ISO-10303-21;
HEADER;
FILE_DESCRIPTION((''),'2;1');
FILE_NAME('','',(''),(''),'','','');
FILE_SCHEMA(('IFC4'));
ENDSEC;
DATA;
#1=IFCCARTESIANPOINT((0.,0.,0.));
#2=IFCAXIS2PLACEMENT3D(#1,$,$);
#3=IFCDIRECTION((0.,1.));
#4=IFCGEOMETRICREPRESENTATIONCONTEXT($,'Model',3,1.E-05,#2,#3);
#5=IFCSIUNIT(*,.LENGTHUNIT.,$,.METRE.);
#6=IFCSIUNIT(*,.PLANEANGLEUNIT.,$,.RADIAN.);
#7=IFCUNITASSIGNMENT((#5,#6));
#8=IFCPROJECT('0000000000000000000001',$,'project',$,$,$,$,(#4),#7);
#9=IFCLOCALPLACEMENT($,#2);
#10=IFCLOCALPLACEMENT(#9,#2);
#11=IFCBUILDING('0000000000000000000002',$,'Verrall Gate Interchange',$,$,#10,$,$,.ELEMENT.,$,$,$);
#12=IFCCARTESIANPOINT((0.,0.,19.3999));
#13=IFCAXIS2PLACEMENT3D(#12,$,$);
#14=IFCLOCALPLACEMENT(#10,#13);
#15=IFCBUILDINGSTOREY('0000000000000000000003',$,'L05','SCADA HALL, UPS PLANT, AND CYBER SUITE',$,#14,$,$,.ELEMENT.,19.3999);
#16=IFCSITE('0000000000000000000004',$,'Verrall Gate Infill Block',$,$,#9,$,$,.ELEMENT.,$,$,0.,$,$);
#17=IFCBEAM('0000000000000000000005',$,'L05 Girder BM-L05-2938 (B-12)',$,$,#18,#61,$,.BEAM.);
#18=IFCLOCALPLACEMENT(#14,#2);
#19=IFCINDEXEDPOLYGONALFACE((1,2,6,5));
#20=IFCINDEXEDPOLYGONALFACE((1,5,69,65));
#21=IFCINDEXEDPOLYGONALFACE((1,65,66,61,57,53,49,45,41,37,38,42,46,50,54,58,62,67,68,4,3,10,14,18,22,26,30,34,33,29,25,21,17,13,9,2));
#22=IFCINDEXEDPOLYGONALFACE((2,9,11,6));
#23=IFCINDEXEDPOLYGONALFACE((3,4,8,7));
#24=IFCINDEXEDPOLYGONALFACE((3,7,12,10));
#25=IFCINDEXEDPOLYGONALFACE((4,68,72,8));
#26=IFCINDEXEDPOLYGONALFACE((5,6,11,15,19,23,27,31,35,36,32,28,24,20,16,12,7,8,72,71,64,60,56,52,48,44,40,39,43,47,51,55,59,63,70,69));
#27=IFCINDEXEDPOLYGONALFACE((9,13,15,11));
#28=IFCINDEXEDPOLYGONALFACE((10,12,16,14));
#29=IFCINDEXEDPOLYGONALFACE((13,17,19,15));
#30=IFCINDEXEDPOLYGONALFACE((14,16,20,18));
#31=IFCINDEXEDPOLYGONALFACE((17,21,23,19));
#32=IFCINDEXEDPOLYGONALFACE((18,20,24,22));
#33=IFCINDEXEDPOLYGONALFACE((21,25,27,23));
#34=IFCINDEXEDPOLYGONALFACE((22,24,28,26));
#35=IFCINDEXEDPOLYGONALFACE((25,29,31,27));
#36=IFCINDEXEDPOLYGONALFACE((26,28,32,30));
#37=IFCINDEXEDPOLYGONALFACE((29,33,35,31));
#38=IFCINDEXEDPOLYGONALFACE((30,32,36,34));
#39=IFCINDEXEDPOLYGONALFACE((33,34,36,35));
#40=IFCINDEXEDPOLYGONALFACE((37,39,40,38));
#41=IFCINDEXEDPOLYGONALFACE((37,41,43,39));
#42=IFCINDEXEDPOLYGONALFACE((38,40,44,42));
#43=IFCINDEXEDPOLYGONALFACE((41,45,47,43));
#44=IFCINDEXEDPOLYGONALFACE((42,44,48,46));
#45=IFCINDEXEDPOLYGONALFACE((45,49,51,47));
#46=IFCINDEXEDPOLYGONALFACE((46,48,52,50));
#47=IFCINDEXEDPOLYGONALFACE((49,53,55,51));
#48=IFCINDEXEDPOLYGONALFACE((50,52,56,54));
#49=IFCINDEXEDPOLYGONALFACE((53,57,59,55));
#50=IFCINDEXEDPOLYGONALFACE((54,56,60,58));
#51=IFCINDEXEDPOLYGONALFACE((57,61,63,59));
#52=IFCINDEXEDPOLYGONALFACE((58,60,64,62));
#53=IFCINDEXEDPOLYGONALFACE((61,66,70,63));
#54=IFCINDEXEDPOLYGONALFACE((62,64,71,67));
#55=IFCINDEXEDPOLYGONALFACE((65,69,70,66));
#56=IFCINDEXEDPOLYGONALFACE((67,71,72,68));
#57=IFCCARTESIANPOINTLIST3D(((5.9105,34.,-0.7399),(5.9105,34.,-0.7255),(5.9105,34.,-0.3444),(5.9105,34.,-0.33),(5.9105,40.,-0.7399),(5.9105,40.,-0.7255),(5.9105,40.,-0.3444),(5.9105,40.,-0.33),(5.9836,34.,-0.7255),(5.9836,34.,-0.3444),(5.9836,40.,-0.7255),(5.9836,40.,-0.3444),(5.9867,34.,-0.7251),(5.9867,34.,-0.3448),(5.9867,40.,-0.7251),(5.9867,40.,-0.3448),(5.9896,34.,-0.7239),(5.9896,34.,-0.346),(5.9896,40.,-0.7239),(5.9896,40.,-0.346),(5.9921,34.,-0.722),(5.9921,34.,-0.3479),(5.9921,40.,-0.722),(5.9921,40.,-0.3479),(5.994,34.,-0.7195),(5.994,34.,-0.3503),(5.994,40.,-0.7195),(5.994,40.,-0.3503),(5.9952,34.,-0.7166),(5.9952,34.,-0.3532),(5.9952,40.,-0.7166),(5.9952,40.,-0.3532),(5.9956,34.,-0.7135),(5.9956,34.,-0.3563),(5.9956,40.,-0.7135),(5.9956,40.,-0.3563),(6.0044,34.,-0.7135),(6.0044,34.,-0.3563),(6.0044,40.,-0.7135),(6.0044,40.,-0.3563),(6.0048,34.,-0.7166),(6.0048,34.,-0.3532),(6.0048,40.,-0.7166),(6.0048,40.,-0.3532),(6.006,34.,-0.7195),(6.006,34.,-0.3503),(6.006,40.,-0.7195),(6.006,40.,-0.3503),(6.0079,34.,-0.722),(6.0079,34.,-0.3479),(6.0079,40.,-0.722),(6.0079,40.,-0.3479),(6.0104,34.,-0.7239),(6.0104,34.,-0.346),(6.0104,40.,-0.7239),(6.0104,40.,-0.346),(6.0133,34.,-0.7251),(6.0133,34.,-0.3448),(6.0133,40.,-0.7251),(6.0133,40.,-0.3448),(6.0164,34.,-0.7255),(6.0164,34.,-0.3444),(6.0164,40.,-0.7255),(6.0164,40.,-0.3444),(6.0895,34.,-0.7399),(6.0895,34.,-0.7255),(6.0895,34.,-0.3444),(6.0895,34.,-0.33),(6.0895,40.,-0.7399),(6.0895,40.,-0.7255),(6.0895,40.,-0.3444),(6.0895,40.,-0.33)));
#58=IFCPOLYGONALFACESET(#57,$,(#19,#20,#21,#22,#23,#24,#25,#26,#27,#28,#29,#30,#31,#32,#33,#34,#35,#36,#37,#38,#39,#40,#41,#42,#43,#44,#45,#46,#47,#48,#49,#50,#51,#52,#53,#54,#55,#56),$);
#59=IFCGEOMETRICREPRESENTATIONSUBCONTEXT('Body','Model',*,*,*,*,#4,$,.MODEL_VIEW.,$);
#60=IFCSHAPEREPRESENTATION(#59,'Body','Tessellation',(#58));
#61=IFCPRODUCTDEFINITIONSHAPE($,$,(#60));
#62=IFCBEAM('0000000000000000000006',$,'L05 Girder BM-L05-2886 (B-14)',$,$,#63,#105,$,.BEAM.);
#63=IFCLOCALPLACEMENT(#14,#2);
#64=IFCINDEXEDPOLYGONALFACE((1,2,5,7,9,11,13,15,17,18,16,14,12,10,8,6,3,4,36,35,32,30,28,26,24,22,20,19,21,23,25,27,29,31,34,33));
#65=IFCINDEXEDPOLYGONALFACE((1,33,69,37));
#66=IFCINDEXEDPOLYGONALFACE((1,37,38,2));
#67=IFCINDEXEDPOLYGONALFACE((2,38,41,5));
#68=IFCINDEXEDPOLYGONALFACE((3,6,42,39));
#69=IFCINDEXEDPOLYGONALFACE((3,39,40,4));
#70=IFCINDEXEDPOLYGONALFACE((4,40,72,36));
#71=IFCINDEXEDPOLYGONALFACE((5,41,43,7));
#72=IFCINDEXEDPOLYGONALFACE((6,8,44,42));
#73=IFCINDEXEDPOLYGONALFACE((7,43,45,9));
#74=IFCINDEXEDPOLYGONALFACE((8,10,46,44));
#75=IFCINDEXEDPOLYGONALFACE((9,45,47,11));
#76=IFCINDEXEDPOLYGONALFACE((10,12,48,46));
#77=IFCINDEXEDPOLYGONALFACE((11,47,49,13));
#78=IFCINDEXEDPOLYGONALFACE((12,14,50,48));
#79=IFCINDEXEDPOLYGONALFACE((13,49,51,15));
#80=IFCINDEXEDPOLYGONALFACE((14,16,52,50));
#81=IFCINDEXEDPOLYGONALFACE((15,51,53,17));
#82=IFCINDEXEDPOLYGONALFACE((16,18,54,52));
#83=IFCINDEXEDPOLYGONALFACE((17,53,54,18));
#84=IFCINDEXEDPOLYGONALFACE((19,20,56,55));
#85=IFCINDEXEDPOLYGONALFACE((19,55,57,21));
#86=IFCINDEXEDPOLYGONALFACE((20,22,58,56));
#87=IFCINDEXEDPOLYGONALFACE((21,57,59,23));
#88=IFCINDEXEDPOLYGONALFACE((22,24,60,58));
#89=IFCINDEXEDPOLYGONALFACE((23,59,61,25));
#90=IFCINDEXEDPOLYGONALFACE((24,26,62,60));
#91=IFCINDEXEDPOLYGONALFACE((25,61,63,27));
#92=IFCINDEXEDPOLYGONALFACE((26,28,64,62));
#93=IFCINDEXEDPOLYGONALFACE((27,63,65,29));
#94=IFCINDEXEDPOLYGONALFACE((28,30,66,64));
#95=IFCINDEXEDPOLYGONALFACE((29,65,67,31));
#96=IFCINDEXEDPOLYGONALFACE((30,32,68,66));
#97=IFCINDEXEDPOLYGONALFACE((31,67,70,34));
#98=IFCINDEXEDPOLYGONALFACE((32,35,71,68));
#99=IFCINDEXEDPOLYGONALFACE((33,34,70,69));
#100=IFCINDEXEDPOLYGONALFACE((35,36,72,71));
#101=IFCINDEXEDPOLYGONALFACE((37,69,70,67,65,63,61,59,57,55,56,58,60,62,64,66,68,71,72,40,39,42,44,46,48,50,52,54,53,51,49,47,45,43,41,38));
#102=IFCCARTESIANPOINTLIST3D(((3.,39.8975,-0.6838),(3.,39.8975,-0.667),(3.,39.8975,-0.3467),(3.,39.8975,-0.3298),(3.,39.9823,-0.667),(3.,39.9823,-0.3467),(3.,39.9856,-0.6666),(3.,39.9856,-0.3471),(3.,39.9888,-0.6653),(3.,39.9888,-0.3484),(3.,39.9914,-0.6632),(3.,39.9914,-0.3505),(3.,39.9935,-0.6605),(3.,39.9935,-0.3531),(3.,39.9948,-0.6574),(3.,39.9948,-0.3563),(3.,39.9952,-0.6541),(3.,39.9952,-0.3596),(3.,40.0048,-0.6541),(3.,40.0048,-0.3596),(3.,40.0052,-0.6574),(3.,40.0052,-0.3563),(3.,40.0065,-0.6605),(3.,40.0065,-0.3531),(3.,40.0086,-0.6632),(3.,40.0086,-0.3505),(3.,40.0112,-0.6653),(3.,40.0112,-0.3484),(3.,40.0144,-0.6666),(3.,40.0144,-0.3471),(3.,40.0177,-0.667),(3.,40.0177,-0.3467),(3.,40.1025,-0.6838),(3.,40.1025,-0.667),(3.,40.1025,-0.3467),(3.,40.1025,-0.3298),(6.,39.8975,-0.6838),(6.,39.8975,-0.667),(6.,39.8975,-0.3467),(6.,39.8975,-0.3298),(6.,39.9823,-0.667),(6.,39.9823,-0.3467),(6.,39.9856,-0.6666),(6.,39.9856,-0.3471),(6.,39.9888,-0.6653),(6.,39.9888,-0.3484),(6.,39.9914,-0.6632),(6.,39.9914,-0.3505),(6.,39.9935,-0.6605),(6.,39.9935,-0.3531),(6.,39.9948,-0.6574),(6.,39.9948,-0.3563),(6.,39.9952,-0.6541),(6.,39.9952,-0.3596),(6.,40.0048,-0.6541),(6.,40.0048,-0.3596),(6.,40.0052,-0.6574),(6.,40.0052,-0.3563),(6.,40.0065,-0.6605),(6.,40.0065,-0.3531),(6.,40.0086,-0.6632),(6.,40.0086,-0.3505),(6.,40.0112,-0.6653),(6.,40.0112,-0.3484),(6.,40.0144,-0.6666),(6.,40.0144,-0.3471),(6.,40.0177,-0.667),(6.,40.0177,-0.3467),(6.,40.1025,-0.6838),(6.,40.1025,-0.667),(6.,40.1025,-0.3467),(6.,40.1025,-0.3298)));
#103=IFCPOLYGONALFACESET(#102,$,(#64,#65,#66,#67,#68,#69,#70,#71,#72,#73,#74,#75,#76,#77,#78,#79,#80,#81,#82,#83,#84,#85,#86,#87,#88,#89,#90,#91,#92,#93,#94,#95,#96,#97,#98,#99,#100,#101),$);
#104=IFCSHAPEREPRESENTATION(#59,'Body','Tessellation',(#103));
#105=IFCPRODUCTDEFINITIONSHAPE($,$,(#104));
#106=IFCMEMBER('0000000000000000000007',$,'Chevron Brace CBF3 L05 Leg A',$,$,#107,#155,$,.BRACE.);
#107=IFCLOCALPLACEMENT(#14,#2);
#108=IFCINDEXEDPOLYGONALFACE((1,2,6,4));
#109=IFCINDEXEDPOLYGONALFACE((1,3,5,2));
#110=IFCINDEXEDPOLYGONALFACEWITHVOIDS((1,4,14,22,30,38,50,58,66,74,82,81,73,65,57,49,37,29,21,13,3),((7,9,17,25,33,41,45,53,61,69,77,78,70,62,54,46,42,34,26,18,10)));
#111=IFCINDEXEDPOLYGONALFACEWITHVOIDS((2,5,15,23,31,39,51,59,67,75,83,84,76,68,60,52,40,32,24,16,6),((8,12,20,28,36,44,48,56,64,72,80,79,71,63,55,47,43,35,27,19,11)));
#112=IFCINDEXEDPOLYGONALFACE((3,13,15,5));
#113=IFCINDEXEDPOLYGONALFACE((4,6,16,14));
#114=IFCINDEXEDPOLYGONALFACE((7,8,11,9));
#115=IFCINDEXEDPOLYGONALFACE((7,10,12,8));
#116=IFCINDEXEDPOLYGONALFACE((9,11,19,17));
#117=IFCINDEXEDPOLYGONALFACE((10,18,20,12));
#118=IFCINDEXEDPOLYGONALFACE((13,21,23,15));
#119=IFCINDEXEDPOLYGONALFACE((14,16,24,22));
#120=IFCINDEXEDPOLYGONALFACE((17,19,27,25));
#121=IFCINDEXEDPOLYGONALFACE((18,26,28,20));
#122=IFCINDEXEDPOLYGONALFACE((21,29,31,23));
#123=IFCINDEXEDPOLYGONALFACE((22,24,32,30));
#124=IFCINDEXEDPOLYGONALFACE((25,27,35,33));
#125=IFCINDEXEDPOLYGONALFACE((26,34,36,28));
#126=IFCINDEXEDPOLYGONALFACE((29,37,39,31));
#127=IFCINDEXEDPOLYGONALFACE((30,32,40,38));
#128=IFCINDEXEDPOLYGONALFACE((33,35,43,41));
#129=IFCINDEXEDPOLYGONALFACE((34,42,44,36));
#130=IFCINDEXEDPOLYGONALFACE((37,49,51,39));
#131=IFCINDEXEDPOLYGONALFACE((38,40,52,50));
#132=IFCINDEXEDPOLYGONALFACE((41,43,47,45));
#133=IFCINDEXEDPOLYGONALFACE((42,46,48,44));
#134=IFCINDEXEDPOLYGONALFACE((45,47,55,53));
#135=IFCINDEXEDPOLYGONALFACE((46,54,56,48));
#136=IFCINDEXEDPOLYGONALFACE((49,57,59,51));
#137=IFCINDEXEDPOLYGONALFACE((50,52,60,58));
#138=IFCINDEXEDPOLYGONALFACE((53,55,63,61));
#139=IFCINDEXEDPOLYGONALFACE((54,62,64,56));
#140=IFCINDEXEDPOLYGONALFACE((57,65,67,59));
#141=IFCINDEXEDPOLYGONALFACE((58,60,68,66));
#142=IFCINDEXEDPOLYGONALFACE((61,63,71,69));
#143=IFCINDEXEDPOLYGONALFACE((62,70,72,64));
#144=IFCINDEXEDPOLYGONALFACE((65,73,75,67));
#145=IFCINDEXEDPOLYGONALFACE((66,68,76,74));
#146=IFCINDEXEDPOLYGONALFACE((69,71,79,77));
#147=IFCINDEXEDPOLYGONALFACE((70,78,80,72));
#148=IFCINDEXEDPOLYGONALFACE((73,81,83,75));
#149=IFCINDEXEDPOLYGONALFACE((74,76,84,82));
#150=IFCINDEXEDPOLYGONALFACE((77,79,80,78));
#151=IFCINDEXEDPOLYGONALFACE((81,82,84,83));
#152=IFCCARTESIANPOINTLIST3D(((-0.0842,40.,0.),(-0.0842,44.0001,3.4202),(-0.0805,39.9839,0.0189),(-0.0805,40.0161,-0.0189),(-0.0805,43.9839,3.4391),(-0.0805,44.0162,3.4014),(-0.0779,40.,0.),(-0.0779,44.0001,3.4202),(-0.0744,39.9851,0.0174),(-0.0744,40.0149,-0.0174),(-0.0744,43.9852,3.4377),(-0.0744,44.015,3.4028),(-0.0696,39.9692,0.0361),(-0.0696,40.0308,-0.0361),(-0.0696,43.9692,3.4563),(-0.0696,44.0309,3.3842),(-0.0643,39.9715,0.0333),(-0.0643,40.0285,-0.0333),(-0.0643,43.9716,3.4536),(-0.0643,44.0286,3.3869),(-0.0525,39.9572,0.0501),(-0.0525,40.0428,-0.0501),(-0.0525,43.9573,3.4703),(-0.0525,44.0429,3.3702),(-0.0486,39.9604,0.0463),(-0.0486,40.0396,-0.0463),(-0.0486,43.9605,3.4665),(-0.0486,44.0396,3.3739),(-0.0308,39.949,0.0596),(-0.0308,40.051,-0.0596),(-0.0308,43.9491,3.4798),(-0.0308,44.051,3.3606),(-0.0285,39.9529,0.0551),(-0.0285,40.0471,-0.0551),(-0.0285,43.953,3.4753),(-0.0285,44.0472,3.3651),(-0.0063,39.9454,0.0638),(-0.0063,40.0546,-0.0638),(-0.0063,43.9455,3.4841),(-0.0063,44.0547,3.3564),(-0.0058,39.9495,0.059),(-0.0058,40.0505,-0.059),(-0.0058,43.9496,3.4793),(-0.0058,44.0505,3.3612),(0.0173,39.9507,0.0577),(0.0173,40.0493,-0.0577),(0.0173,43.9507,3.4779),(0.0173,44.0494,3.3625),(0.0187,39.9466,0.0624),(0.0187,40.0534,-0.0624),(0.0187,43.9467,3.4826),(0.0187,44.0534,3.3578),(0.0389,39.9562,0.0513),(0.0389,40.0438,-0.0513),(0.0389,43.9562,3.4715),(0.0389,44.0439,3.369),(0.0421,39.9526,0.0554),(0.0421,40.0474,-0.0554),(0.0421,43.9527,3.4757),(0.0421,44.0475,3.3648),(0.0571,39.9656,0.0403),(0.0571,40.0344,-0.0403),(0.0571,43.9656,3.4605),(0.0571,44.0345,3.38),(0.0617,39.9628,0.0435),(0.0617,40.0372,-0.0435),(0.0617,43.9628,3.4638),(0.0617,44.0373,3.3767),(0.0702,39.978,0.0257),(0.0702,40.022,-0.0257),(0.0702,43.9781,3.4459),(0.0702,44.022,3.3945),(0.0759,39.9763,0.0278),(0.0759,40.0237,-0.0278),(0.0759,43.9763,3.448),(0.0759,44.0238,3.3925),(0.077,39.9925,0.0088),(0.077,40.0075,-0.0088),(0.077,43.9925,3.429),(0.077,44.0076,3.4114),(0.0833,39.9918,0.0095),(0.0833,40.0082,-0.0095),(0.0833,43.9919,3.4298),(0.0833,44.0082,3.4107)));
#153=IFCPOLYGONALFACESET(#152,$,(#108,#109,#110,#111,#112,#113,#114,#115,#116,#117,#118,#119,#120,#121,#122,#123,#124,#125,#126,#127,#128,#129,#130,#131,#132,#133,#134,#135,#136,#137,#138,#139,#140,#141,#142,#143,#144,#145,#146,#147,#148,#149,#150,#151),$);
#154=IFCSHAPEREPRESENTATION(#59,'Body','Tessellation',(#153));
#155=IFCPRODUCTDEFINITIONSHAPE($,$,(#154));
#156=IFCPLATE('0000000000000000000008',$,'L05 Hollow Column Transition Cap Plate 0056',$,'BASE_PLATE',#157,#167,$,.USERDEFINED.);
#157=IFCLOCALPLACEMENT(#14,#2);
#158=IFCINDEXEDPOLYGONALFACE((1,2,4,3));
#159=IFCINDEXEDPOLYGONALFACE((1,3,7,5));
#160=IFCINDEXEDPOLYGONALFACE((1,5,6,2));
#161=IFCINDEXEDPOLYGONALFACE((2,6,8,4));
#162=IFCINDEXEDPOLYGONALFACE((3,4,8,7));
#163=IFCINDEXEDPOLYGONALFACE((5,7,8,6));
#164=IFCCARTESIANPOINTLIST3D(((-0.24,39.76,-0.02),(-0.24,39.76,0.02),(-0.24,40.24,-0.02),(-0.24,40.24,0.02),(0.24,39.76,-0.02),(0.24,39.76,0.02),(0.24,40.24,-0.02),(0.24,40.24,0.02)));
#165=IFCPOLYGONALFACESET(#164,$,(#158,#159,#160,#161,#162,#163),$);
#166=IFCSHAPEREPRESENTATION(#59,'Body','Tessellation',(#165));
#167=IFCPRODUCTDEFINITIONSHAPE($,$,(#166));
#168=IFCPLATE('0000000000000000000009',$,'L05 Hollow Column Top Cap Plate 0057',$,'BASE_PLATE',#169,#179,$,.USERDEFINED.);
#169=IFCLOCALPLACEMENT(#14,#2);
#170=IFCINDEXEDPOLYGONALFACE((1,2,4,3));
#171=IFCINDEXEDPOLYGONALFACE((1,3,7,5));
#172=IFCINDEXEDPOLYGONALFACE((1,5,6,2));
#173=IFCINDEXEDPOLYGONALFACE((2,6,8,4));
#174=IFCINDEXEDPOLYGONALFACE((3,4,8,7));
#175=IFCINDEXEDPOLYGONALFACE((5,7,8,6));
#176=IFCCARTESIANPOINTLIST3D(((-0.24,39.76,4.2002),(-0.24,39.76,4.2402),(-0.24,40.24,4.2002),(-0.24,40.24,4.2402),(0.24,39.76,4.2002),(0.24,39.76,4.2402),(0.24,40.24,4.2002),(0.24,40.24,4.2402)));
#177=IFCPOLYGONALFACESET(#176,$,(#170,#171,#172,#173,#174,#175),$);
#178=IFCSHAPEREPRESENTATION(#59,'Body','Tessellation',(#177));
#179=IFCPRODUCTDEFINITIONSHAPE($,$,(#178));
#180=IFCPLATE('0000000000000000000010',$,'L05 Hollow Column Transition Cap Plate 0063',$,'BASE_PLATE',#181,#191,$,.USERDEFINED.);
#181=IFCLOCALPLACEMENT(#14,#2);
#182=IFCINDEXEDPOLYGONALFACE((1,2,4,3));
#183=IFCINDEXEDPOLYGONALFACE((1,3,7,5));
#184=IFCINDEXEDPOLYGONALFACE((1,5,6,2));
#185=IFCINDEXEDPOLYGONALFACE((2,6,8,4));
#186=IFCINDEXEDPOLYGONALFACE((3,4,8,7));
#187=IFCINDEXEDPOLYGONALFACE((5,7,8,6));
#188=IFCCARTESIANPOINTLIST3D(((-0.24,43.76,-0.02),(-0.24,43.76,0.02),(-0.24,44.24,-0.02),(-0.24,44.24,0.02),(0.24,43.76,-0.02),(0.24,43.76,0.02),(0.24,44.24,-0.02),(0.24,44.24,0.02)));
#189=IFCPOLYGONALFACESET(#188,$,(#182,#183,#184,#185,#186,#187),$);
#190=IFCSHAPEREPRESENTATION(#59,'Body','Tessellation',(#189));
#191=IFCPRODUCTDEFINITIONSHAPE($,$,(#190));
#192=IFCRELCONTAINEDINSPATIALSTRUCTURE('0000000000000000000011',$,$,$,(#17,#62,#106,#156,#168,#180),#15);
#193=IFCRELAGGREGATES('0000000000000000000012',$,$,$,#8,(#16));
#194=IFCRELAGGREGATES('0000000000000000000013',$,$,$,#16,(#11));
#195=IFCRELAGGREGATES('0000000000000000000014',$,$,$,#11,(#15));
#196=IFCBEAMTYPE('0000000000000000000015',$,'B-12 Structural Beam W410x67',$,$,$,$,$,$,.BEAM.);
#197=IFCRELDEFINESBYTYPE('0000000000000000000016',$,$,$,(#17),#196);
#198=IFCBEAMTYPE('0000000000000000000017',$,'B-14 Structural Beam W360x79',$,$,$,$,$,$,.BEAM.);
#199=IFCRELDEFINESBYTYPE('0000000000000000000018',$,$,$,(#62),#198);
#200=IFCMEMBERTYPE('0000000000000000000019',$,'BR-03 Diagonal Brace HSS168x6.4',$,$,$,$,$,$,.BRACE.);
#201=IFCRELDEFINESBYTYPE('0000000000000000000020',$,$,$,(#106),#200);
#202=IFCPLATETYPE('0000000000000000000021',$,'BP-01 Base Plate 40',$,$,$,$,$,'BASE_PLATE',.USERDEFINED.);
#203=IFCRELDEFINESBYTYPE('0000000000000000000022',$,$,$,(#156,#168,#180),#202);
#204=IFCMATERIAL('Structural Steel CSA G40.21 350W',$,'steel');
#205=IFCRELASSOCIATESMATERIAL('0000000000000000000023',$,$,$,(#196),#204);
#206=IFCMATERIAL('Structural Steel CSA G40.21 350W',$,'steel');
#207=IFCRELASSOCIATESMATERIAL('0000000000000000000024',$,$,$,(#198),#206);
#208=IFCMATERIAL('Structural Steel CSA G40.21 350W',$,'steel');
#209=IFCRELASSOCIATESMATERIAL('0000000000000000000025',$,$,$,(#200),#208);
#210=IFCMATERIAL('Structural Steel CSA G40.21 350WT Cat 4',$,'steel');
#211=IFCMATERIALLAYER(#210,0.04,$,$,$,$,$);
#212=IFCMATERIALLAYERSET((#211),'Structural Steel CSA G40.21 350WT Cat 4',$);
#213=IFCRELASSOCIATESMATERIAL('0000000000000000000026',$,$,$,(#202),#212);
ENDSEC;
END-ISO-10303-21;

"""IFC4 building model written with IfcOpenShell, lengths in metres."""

from ifc_helpers import new_model, si_unit, direction, frame, origin, origin_2d, place, context, subcontext, project, spatial, rectangle, hollow_circle, i_section, extrude, material, layer, layer_set, material_profile, profile_set, type_object, element, save


model = new_model("IFC4")

# Units and contexts
model_context = context("Model", 3, precision=1e-05, world=origin(), true_north=direction((0.0, 1.0)))
body_context = subcontext(model_context, "Body", "Model", "MODEL_VIEW")
ifc_project = project(units=[si_unit("LENGTHUNIT", "METRE"), si_unit("PLANEANGLEUNIT", "RADIAN")], contexts=[model_context])

# Site, building, storey
site_placement = place(None, origin())
site = spatial("IfcSite", under=ifc_project, at=site_placement, Name="Verrall Gate Infill Block", CompositionType="ELEMENT", RefElevation=0.0)
building_placement = place(site_placement, origin())
building = spatial("IfcBuilding", under=site, at=building_placement, Name="Verrall Gate Interchange", CompositionType="ELEMENT")
storey_placement = place(building_placement, frame((0.0, 0.0, 19.3999)))
storey = spatial("IfcBuildingStorey", under=building, at=storey_placement, Name="L05", Description="SCADA HALL, UPS PLANT, AND CYBER SUITE", CompositionType="ELEMENT", Elevation=19.3999)

# Beams
ifc_material_1 = material(Name="Structural Steel CSA G40.21 350W", Category="steel")
ifc_material_profile_1 = material_profile(ifc_material_1, i_section(OverallWidth=0.179, OverallDepth=0.4099, WebThickness=0.0088, FlangeThickness=0.0144, FilletRadius=0.012, at=origin_2d()), Name="W410x67")
ifc_profile_set_1 = profile_set([ifc_material_profile_1], Name="Structural Steel CSA G40.21 350W")
beam_type_1 = type_object("IfcBeamType", Name="B-12 Structural Beam W410x67", PredefinedType="BEAM", material=ifc_profile_set_1)
beam_1_placement = place(storey_placement, frame((6.0, 34.0, -0.5349), z_axis=(0.0, 1.0, 0.0), x_axis=(-1.0, 0.0, 0.0)))
element("IfcBeam", 1, at=beam_1_placement, inside=storey, type_object=beam_type_1, Name="L05 Girder BM-L05-2938 (B-12)", PredefinedType="BEAM", context=body_context, shape_type="SweptSolid", body=[
    extrude(i_section(OverallWidth=0.179, OverallDepth=0.4099, WebThickness=0.0088, FlangeThickness=0.0144, FilletRadius=0.012, at=origin_2d()), origin(), (0.0, 0.0, 1.0), 6.0),
])
ifc_material_2 = material(Name="Structural Steel CSA G40.21 350W", Category="steel")
ifc_material_profile_2 = material_profile(ifc_material_2, i_section(OverallWidth=0.2051, OverallDepth=0.354, WebThickness=0.0095, FlangeThickness=0.0168, FilletRadius=0.0129, at=origin_2d()), Name="W360x79")
ifc_profile_set_2 = profile_set([ifc_material_profile_2], Name="Structural Steel CSA G40.21 350W")
beam_type_2 = type_object("IfcBeamType", Name="B-14 Structural Beam W360x79", PredefinedType="BEAM", material=ifc_profile_set_2)
beam_2_placement = place(storey_placement, frame((3.0, 40.0, -0.5068), z_axis=(1.0, 0.0, 0.0), x_axis=(0.0, 1.0, 0.0)))
element("IfcBeam", 2, at=beam_2_placement, inside=storey, type_object=beam_type_2, Name="L05 Girder BM-L05-2886 (B-14)", PredefinedType="BEAM", context=body_context, shape_type="SweptSolid", body=[
    extrude(i_section(OverallWidth=0.2051, OverallDepth=0.354, WebThickness=0.0095, FlangeThickness=0.0168, FilletRadius=0.0129, at=origin_2d()), origin(), (0.0, 0.0, 1.0), 3.0),
])

# Member
ifc_material_3 = material(Name="Structural Steel CSA G40.21 350W", Category="steel")
ifc_material_profile_3 = material_profile(ifc_material_3, hollow_circle(Radius=0.0842, WallThickness=0.0063, at=origin_2d()), Name="HSS168x6.4")
ifc_profile_set_3 = profile_set([ifc_material_profile_3], Name="Structural Steel CSA G40.21 350W")
member_type = type_object("IfcMemberType", Name="BR-03 Diagonal Brace HSS168x6.4", PredefinedType="BRACE", material=ifc_profile_set_3)
member_placement = place(storey_placement, frame((0.0, 40.0, 0.0), z_axis=(0.0, 0.760045, 0.64987), x_axis=(-1.0, 0.0, 0.0)))
element("IfcMember", 3, at=member_placement, inside=storey, type_object=member_type, Name="Chevron Brace CBF3 L05 Leg A", PredefinedType="BRACE", context=body_context, shape_type="SweptSolid", body=[
    extrude(hollow_circle(Radius=0.0842, WallThickness=0.0063, at=origin_2d()), origin(), (0.0, 0.0, 1.0), 5.2629),
])

# Plates
ifc_material_4 = material(Name="Structural Steel CSA G40.21 350WT Cat 4", Category="steel")
ifc_layer_1 = layer(ifc_material_4, 0.04)
ifc_layer_set_1 = layer_set([ifc_layer_1], Name="Structural Steel CSA G40.21 350WT Cat 4")
plate_type_1 = type_object("IfcPlateType", Name="BP-01 Base Plate 40", ElementType="BASE_PLATE", PredefinedType="USERDEFINED", material=ifc_layer_set_1)
for number, where, z_axis, x_axis, name in (
    (4, (0.0, 40.0, -0.02), (0.0, 0.0, 1.0), (1.0, 0.0, 0.0), "L05 Hollow Column Transition Cap Plate 0056"),
    (5, (0.0, 40.0, 4.2002), (0.0, 0.0, 1.0), (1.0, 0.0, 0.0), "L05 Hollow Column Top Cap Plate 0057"),
    (6, (0.0, 44.0, -0.02), (0.0, 0.0, 1.0), (1.0, 0.0, 0.0), "L05 Hollow Column Transition Cap Plate 0063"),
):
    element("IfcPlate", number, at=place(storey_placement, frame(where, z_axis=z_axis, x_axis=x_axis)), inside=storey, type_object=plate_type_1, Name=name, ObjectType="BASE_PLATE", PredefinedType="USERDEFINED", context=body_context, shape_type="SweptSolid", body=[
        extrude(rectangle(XDim=0.48, YDim=0.48, at=origin_2d()), origin(), (0.0, 0.0, 1.0), 0.04),
    ])

save(model, "model.ifc")
